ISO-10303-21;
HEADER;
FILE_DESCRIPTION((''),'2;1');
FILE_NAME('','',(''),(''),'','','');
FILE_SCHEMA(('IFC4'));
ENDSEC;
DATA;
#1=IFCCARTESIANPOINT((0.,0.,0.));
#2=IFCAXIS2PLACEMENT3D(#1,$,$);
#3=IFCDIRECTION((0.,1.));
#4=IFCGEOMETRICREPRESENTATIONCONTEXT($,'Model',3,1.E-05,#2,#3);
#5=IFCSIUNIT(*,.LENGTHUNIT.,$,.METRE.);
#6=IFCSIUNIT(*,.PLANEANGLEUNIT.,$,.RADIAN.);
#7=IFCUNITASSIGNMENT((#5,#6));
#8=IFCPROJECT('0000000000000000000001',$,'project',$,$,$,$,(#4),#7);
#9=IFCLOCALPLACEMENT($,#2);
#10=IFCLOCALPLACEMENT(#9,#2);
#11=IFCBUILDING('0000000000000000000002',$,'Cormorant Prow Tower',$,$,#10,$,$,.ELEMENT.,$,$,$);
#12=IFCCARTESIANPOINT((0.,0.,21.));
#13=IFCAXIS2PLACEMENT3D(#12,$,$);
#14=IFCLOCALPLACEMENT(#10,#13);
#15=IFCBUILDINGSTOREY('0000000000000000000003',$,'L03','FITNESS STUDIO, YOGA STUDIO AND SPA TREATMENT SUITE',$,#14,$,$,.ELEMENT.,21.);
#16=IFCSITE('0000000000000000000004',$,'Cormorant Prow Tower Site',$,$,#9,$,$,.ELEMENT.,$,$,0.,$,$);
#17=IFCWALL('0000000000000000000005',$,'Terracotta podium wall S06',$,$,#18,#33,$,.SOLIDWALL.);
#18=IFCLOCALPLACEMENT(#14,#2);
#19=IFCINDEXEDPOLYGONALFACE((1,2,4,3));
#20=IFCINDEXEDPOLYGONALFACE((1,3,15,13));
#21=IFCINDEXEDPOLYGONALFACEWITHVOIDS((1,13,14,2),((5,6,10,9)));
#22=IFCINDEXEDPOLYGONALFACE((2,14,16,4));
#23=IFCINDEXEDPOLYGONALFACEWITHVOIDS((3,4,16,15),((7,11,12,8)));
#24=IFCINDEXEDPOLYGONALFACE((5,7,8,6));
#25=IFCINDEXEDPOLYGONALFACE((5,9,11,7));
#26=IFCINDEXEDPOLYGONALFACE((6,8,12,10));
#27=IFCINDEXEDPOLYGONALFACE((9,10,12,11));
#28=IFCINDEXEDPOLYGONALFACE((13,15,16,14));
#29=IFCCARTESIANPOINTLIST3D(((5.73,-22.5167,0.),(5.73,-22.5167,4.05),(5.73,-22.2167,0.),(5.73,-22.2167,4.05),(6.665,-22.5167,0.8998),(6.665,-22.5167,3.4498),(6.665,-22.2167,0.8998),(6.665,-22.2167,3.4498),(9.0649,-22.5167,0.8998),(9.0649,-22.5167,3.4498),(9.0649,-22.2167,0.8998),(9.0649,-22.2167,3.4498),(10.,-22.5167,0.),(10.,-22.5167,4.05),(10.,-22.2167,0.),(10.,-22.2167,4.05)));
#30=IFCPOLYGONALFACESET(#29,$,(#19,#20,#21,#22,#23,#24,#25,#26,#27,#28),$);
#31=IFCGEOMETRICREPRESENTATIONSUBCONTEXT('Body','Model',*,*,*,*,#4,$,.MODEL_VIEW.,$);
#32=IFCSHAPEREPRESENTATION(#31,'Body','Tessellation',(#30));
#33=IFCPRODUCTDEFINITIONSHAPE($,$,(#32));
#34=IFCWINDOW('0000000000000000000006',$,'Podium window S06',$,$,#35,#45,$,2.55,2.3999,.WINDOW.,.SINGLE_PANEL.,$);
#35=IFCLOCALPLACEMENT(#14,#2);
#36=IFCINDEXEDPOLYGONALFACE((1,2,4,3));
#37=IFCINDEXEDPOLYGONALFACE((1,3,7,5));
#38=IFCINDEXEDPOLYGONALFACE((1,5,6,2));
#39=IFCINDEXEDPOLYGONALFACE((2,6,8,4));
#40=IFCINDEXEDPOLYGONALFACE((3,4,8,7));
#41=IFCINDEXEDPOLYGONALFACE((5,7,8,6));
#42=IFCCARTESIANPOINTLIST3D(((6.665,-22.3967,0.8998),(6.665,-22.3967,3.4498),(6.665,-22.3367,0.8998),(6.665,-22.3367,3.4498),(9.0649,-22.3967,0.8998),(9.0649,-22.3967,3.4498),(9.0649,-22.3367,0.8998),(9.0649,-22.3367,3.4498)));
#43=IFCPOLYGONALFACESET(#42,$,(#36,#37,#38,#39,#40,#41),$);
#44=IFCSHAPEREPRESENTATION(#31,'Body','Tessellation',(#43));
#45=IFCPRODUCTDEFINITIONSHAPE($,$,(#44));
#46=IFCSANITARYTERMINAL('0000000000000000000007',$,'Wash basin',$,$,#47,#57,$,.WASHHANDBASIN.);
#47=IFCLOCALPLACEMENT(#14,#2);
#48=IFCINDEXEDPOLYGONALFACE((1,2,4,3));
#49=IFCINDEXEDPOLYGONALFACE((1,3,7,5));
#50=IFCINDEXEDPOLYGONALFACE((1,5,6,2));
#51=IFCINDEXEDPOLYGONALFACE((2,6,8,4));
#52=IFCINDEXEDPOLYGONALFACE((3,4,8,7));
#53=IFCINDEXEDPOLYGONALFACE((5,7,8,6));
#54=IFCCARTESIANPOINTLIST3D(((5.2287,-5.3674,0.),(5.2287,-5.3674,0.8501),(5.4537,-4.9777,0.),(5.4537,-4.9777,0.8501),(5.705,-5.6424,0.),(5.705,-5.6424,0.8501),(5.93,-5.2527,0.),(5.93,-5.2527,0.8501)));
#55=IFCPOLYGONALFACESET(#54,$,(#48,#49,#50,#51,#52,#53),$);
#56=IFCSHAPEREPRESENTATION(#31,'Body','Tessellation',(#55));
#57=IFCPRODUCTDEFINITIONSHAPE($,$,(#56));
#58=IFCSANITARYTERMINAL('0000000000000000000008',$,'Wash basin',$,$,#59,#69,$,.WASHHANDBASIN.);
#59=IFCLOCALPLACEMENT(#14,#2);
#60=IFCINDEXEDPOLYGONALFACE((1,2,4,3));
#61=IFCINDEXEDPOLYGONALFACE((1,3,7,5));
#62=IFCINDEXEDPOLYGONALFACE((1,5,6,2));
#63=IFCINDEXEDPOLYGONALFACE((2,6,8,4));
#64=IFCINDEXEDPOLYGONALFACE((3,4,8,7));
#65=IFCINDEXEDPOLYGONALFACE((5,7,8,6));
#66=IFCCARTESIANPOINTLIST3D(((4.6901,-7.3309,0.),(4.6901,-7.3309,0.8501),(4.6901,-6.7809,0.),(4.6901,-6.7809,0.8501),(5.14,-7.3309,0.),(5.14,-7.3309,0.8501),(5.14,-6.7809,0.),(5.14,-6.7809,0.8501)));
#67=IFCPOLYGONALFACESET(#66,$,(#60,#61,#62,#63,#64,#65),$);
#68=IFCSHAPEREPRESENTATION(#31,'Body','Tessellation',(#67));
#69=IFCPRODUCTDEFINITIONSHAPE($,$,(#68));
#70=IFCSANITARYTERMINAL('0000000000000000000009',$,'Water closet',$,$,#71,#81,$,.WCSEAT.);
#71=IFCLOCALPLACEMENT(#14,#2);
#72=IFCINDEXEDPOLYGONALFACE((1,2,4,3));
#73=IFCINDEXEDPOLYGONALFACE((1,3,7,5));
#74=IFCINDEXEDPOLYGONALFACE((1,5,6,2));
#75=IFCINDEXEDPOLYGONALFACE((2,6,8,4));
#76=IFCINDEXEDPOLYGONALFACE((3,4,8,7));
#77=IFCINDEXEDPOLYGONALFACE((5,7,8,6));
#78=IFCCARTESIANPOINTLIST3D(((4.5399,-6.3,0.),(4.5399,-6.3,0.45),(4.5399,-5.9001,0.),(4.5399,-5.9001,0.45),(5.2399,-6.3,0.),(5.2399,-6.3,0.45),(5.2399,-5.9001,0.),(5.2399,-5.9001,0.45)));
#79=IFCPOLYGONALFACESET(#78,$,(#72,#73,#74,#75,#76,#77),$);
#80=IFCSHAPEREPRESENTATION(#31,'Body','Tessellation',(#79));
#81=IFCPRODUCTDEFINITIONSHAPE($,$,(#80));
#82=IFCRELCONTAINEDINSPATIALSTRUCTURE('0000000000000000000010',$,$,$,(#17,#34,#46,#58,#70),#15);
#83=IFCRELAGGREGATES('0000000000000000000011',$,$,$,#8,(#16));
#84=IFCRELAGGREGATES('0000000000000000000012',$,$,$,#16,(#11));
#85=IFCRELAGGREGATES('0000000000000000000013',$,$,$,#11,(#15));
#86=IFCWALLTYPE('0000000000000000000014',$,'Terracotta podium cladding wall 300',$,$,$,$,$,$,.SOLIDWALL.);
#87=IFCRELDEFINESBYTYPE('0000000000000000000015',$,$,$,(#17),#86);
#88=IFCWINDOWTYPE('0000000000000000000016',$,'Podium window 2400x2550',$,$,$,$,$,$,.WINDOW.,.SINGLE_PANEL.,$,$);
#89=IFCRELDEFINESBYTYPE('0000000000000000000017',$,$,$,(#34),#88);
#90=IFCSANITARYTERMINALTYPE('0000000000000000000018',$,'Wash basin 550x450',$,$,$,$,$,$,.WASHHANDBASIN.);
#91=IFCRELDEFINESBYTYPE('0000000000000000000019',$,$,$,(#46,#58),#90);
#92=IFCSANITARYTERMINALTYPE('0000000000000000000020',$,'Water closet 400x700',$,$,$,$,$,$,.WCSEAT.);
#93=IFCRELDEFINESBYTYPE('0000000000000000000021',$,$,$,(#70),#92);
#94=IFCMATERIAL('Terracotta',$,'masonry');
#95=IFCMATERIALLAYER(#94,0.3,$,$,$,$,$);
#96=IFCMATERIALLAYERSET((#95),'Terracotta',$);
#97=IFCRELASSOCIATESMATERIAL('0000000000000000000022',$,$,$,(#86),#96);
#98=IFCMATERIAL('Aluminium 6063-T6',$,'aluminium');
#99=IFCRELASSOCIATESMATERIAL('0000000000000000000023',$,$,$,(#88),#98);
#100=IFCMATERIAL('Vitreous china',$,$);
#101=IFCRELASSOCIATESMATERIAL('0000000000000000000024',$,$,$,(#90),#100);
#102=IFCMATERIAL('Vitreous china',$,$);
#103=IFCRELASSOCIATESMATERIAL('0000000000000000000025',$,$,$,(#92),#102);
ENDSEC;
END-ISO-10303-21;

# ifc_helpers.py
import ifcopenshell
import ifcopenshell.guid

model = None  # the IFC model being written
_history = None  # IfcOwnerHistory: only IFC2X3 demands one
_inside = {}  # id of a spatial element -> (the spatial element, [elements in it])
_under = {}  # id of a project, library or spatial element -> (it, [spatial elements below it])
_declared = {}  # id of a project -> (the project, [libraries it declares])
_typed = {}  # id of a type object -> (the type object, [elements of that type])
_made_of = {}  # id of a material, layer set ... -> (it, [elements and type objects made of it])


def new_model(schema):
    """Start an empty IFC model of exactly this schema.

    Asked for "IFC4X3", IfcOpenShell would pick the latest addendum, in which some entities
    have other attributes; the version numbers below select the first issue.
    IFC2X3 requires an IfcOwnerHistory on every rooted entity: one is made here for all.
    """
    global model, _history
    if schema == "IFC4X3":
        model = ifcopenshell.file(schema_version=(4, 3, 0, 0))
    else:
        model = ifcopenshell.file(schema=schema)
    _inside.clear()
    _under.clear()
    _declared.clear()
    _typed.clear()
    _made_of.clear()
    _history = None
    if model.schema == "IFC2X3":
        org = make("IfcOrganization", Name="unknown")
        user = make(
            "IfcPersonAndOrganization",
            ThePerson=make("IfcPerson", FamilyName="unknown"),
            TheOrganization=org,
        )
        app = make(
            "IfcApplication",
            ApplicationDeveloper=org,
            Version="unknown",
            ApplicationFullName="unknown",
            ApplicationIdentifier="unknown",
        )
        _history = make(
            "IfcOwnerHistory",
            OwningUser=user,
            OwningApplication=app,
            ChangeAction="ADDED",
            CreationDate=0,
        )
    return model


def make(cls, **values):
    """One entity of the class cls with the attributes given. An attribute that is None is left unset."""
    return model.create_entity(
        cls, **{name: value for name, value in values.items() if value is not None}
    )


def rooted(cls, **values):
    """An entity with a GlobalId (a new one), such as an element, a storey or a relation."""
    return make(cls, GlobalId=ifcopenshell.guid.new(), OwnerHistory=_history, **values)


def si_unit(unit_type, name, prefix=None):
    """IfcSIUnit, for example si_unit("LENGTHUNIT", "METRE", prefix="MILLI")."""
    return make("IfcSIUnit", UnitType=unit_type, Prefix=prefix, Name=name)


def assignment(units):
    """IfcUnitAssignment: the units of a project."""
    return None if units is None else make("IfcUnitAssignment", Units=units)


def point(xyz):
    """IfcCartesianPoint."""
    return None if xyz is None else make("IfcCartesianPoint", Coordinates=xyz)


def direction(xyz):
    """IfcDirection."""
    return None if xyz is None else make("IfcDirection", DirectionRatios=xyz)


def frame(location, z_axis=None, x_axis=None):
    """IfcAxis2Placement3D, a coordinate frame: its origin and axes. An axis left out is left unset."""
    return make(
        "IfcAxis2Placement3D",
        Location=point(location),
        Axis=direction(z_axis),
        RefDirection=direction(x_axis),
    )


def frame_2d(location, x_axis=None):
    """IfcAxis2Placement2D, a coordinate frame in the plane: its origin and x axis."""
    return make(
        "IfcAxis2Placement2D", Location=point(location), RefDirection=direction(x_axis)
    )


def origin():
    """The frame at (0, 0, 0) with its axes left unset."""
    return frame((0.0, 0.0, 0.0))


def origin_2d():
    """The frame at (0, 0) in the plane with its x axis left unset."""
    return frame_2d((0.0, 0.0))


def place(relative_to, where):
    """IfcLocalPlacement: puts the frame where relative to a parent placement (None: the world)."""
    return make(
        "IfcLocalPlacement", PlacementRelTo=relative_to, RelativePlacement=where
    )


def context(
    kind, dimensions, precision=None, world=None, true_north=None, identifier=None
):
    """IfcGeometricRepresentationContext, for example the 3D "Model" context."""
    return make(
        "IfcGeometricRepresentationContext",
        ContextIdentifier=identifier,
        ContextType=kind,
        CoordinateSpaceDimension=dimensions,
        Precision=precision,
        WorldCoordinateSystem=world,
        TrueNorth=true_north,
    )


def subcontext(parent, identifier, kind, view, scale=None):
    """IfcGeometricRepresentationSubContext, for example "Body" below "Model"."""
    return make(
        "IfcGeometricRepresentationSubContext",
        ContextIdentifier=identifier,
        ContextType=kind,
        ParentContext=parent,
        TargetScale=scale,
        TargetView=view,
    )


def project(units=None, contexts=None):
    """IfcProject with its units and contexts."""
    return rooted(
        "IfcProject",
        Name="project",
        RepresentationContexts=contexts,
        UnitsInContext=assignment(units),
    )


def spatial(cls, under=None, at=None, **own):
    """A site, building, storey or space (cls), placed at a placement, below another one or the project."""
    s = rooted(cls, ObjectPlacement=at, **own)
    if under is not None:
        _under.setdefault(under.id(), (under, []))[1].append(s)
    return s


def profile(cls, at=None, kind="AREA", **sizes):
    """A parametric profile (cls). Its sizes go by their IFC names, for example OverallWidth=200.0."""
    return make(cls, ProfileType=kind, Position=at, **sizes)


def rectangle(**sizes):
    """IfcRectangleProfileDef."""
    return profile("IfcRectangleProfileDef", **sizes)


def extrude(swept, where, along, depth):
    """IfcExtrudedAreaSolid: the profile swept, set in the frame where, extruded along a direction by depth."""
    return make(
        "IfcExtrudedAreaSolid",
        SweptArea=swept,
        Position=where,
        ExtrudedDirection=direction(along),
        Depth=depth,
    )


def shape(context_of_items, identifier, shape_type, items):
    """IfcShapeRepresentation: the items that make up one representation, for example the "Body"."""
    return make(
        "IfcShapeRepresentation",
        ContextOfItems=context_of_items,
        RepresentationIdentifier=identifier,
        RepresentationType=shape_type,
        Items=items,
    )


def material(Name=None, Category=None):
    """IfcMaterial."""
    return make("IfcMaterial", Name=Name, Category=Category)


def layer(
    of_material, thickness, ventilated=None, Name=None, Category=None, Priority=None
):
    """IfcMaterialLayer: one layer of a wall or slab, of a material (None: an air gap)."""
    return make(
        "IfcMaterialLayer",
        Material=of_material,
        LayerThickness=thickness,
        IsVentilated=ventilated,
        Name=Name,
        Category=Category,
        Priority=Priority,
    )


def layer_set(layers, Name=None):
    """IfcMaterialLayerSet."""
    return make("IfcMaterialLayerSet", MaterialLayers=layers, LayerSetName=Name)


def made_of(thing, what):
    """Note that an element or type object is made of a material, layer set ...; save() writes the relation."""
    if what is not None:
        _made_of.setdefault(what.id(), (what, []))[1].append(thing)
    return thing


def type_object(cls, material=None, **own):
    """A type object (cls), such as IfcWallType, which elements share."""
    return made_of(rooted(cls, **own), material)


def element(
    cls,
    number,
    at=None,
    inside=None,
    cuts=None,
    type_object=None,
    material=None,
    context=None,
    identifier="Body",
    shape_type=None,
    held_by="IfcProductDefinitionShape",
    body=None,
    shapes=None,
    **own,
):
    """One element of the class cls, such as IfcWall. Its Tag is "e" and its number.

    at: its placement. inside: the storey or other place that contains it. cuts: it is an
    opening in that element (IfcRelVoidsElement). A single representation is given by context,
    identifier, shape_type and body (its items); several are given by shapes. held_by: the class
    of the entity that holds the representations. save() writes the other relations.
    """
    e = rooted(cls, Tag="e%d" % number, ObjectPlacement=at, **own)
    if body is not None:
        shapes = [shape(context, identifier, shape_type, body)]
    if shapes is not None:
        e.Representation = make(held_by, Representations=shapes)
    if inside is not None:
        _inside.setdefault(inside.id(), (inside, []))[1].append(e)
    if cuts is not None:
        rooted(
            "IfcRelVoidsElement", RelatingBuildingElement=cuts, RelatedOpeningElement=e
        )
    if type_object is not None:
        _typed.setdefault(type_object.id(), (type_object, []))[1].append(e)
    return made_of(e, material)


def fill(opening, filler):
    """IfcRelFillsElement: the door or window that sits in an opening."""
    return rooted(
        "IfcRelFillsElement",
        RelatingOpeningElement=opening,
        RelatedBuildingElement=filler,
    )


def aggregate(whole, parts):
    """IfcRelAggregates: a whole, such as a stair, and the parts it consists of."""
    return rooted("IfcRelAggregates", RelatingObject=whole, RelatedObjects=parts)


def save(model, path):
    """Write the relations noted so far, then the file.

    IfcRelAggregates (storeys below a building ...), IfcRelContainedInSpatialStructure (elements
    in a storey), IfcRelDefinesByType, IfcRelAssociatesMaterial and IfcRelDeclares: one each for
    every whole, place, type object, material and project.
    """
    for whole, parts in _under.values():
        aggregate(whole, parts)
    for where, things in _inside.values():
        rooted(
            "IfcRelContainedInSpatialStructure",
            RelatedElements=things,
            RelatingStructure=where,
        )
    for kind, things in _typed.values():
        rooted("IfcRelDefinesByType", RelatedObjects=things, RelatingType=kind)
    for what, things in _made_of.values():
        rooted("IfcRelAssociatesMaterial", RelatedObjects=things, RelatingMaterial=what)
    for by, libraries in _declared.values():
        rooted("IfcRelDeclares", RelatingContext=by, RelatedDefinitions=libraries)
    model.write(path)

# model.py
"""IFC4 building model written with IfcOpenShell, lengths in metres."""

from ifc_helpers import new_model, si_unit, direction, frame, frame_2d, origin, origin_2d, place, context, subcontext, project, spatial, rectangle, extrude, material, layer, layer_set, type_object, element, fill, save


model = new_model("IFC4")

# Units and contexts
model_context = context("Model", 3, precision=1e-05, world=origin(), true_north=direction((0.0, 1.0)))
body_context = subcontext(model_context, "Body", "Model", "MODEL_VIEW")
ifc_project = project(units=[si_unit("LENGTHUNIT", "METRE"), si_unit("PLANEANGLEUNIT", "RADIAN")], contexts=[model_context])

# Site, building, storey
site_placement = place(None, origin())
site = spatial("IfcSite", under=ifc_project, at=site_placement, Name="Cormorant Prow Tower Site", CompositionType="ELEMENT", RefElevation=0.0)
building_placement = place(site_placement, origin())
building = spatial("IfcBuilding", under=site, at=building_placement, Name="Cormorant Prow Tower", CompositionType="ELEMENT")
storey_placement = place(building_placement, frame((0.0, 0.0, 21.0)))
storey = spatial("IfcBuildingStorey", under=building, at=storey_placement, Name="L03", Description="FITNESS STUDIO, YOGA STUDIO AND SPA TREATMENT SUITE", CompositionType="ELEMENT", Elevation=21.0)

# Wall, opening, window
ifc_material_1 = material(Name="Terracotta", Category="masonry")
ifc_layer_1 = layer(ifc_material_1, 0.3)
ifc_layer_set_1 = layer_set([ifc_layer_1], Name="Terracotta")
wall_type_1 = type_object("IfcWallType", Name="Terracotta podium cladding wall 300", PredefinedType="SOLIDWALL", material=ifc_layer_set_1)
wall_1_placement = place(storey_placement, frame((5.73, -22.3667, 0.0), z_axis=(0.0, 0.0, 1.0), x_axis=(1.0, 0.0, 0.0)))
wall_1 = element("IfcWall", 1, at=wall_1_placement, inside=storey, type_object=wall_type_1, Name="Terracotta podium wall S06", PredefinedType="SOLIDWALL", context=body_context, shape_type="SweptSolid", body=[
    extrude(rectangle(XDim=4.27, YDim=0.3, at=frame_2d((2.135, 0.0))), origin(), (0.0, 0.0, 1.0), 4.05),
])
opening_1_placement = place(wall_1_placement, frame((0.9351, 0.0, 0.8999)))
opening_1 = element("IfcOpeningElement", 2, at=opening_1_placement, cuts=wall_1, PredefinedType="OPENING", context=body_context, shape_type="SweptSolid", body=[
    extrude(rectangle(XDim=2.3999, YDim=2.55, at=frame_2d((1.2, 1.2749))), frame((0.0, 0.1599, 0.0), z_axis=(0.0, -1.0, 0.0), x_axis=(1.0, 0.0, 0.0)), (0.0, 0.0, 1.0), 0.3201),
])
ifc_material_2 = material(Name="Aluminium 6063-T6", Category="aluminium")
window_type = type_object("IfcWindowType", Name="Podium window 2400x2550", PartitioningType="SINGLE_PANEL", PredefinedType="WINDOW", material=ifc_material_2)
window_placement = place(opening_1_placement, origin())
window = element("IfcWindow", 3, at=window_placement, inside=storey, type_object=window_type, Name="Podium window S06", OverallHeight=2.55, OverallWidth=2.3999, PartitioningType="SINGLE_PANEL", PredefinedType="WINDOW", context=body_context, shape_type="SweptSolid", body=[
    extrude(rectangle(XDim=2.3999, YDim=2.55, at=frame_2d((1.2, 1.2749))), frame((0.0, 0.03, 0.0), z_axis=(0.0, -1.0, 0.0), x_axis=(1.0, 0.0, 0.0)), (0.0, 0.0, 1.0), 0.0601),
])
fill(opening_1, window)

# Sanitary terminals
ifc_material_3 = material(Name="Vitreous china")
sanitary_terminal_type_1 = type_object("IfcSanitaryTerminalType", Name="Wash basin 550x450", PredefinedType="WASHHANDBASIN", material=ifc_material_3)
for number, where, z_axis, x_axis, name in (
    (4, (5.5793, -5.3101, 0.0), (0.0, 0.0, 1.0), (-0.866017, 0.500015, 0.0), "Wash basin"),
    (5, (4.915, -7.0559, 0.0), (0.0, 0.0, 1.0), (0.0, -1.0, 0.0), "Wash basin"),
):
    element("IfcSanitaryTerminal", number, at=place(storey_placement, frame(where, z_axis=z_axis, x_axis=x_axis)), inside=storey, type_object=sanitary_terminal_type_1, Name=name, PredefinedType="WASHHANDBASIN", context=body_context, shape_type="SweptSolid", body=[
        extrude(rectangle(XDim=0.55, YDim=0.45, at=origin_2d()), origin(), (0.0, 0.0, 1.0), 0.8501),
    ])
ifc_material_4 = material(Name="Vitreous china")
sanitary_terminal_type_2 = type_object("IfcSanitaryTerminalType", Name="Water closet 400x700", PredefinedType="WCSEAT", material=ifc_material_4)
sanitary_terminal_placement = place(storey_placement, frame((4.8899, -6.1001, 0.0), z_axis=(0.0, 0.0, 1.0), x_axis=(0.0, -1.0, 0.0)))
element("IfcSanitaryTerminal", 6, at=sanitary_terminal_placement, inside=storey, type_object=sanitary_terminal_type_2, Name="Water closet", PredefinedType="WCSEAT", context=body_context, shape_type="SweptSolid", body=[
    extrude(rectangle(XDim=0.3999, YDim=0.7, at=origin_2d()), origin(), (0.0, 0.0, 1.0), 0.45),
])

save(model, "model.ifc")
